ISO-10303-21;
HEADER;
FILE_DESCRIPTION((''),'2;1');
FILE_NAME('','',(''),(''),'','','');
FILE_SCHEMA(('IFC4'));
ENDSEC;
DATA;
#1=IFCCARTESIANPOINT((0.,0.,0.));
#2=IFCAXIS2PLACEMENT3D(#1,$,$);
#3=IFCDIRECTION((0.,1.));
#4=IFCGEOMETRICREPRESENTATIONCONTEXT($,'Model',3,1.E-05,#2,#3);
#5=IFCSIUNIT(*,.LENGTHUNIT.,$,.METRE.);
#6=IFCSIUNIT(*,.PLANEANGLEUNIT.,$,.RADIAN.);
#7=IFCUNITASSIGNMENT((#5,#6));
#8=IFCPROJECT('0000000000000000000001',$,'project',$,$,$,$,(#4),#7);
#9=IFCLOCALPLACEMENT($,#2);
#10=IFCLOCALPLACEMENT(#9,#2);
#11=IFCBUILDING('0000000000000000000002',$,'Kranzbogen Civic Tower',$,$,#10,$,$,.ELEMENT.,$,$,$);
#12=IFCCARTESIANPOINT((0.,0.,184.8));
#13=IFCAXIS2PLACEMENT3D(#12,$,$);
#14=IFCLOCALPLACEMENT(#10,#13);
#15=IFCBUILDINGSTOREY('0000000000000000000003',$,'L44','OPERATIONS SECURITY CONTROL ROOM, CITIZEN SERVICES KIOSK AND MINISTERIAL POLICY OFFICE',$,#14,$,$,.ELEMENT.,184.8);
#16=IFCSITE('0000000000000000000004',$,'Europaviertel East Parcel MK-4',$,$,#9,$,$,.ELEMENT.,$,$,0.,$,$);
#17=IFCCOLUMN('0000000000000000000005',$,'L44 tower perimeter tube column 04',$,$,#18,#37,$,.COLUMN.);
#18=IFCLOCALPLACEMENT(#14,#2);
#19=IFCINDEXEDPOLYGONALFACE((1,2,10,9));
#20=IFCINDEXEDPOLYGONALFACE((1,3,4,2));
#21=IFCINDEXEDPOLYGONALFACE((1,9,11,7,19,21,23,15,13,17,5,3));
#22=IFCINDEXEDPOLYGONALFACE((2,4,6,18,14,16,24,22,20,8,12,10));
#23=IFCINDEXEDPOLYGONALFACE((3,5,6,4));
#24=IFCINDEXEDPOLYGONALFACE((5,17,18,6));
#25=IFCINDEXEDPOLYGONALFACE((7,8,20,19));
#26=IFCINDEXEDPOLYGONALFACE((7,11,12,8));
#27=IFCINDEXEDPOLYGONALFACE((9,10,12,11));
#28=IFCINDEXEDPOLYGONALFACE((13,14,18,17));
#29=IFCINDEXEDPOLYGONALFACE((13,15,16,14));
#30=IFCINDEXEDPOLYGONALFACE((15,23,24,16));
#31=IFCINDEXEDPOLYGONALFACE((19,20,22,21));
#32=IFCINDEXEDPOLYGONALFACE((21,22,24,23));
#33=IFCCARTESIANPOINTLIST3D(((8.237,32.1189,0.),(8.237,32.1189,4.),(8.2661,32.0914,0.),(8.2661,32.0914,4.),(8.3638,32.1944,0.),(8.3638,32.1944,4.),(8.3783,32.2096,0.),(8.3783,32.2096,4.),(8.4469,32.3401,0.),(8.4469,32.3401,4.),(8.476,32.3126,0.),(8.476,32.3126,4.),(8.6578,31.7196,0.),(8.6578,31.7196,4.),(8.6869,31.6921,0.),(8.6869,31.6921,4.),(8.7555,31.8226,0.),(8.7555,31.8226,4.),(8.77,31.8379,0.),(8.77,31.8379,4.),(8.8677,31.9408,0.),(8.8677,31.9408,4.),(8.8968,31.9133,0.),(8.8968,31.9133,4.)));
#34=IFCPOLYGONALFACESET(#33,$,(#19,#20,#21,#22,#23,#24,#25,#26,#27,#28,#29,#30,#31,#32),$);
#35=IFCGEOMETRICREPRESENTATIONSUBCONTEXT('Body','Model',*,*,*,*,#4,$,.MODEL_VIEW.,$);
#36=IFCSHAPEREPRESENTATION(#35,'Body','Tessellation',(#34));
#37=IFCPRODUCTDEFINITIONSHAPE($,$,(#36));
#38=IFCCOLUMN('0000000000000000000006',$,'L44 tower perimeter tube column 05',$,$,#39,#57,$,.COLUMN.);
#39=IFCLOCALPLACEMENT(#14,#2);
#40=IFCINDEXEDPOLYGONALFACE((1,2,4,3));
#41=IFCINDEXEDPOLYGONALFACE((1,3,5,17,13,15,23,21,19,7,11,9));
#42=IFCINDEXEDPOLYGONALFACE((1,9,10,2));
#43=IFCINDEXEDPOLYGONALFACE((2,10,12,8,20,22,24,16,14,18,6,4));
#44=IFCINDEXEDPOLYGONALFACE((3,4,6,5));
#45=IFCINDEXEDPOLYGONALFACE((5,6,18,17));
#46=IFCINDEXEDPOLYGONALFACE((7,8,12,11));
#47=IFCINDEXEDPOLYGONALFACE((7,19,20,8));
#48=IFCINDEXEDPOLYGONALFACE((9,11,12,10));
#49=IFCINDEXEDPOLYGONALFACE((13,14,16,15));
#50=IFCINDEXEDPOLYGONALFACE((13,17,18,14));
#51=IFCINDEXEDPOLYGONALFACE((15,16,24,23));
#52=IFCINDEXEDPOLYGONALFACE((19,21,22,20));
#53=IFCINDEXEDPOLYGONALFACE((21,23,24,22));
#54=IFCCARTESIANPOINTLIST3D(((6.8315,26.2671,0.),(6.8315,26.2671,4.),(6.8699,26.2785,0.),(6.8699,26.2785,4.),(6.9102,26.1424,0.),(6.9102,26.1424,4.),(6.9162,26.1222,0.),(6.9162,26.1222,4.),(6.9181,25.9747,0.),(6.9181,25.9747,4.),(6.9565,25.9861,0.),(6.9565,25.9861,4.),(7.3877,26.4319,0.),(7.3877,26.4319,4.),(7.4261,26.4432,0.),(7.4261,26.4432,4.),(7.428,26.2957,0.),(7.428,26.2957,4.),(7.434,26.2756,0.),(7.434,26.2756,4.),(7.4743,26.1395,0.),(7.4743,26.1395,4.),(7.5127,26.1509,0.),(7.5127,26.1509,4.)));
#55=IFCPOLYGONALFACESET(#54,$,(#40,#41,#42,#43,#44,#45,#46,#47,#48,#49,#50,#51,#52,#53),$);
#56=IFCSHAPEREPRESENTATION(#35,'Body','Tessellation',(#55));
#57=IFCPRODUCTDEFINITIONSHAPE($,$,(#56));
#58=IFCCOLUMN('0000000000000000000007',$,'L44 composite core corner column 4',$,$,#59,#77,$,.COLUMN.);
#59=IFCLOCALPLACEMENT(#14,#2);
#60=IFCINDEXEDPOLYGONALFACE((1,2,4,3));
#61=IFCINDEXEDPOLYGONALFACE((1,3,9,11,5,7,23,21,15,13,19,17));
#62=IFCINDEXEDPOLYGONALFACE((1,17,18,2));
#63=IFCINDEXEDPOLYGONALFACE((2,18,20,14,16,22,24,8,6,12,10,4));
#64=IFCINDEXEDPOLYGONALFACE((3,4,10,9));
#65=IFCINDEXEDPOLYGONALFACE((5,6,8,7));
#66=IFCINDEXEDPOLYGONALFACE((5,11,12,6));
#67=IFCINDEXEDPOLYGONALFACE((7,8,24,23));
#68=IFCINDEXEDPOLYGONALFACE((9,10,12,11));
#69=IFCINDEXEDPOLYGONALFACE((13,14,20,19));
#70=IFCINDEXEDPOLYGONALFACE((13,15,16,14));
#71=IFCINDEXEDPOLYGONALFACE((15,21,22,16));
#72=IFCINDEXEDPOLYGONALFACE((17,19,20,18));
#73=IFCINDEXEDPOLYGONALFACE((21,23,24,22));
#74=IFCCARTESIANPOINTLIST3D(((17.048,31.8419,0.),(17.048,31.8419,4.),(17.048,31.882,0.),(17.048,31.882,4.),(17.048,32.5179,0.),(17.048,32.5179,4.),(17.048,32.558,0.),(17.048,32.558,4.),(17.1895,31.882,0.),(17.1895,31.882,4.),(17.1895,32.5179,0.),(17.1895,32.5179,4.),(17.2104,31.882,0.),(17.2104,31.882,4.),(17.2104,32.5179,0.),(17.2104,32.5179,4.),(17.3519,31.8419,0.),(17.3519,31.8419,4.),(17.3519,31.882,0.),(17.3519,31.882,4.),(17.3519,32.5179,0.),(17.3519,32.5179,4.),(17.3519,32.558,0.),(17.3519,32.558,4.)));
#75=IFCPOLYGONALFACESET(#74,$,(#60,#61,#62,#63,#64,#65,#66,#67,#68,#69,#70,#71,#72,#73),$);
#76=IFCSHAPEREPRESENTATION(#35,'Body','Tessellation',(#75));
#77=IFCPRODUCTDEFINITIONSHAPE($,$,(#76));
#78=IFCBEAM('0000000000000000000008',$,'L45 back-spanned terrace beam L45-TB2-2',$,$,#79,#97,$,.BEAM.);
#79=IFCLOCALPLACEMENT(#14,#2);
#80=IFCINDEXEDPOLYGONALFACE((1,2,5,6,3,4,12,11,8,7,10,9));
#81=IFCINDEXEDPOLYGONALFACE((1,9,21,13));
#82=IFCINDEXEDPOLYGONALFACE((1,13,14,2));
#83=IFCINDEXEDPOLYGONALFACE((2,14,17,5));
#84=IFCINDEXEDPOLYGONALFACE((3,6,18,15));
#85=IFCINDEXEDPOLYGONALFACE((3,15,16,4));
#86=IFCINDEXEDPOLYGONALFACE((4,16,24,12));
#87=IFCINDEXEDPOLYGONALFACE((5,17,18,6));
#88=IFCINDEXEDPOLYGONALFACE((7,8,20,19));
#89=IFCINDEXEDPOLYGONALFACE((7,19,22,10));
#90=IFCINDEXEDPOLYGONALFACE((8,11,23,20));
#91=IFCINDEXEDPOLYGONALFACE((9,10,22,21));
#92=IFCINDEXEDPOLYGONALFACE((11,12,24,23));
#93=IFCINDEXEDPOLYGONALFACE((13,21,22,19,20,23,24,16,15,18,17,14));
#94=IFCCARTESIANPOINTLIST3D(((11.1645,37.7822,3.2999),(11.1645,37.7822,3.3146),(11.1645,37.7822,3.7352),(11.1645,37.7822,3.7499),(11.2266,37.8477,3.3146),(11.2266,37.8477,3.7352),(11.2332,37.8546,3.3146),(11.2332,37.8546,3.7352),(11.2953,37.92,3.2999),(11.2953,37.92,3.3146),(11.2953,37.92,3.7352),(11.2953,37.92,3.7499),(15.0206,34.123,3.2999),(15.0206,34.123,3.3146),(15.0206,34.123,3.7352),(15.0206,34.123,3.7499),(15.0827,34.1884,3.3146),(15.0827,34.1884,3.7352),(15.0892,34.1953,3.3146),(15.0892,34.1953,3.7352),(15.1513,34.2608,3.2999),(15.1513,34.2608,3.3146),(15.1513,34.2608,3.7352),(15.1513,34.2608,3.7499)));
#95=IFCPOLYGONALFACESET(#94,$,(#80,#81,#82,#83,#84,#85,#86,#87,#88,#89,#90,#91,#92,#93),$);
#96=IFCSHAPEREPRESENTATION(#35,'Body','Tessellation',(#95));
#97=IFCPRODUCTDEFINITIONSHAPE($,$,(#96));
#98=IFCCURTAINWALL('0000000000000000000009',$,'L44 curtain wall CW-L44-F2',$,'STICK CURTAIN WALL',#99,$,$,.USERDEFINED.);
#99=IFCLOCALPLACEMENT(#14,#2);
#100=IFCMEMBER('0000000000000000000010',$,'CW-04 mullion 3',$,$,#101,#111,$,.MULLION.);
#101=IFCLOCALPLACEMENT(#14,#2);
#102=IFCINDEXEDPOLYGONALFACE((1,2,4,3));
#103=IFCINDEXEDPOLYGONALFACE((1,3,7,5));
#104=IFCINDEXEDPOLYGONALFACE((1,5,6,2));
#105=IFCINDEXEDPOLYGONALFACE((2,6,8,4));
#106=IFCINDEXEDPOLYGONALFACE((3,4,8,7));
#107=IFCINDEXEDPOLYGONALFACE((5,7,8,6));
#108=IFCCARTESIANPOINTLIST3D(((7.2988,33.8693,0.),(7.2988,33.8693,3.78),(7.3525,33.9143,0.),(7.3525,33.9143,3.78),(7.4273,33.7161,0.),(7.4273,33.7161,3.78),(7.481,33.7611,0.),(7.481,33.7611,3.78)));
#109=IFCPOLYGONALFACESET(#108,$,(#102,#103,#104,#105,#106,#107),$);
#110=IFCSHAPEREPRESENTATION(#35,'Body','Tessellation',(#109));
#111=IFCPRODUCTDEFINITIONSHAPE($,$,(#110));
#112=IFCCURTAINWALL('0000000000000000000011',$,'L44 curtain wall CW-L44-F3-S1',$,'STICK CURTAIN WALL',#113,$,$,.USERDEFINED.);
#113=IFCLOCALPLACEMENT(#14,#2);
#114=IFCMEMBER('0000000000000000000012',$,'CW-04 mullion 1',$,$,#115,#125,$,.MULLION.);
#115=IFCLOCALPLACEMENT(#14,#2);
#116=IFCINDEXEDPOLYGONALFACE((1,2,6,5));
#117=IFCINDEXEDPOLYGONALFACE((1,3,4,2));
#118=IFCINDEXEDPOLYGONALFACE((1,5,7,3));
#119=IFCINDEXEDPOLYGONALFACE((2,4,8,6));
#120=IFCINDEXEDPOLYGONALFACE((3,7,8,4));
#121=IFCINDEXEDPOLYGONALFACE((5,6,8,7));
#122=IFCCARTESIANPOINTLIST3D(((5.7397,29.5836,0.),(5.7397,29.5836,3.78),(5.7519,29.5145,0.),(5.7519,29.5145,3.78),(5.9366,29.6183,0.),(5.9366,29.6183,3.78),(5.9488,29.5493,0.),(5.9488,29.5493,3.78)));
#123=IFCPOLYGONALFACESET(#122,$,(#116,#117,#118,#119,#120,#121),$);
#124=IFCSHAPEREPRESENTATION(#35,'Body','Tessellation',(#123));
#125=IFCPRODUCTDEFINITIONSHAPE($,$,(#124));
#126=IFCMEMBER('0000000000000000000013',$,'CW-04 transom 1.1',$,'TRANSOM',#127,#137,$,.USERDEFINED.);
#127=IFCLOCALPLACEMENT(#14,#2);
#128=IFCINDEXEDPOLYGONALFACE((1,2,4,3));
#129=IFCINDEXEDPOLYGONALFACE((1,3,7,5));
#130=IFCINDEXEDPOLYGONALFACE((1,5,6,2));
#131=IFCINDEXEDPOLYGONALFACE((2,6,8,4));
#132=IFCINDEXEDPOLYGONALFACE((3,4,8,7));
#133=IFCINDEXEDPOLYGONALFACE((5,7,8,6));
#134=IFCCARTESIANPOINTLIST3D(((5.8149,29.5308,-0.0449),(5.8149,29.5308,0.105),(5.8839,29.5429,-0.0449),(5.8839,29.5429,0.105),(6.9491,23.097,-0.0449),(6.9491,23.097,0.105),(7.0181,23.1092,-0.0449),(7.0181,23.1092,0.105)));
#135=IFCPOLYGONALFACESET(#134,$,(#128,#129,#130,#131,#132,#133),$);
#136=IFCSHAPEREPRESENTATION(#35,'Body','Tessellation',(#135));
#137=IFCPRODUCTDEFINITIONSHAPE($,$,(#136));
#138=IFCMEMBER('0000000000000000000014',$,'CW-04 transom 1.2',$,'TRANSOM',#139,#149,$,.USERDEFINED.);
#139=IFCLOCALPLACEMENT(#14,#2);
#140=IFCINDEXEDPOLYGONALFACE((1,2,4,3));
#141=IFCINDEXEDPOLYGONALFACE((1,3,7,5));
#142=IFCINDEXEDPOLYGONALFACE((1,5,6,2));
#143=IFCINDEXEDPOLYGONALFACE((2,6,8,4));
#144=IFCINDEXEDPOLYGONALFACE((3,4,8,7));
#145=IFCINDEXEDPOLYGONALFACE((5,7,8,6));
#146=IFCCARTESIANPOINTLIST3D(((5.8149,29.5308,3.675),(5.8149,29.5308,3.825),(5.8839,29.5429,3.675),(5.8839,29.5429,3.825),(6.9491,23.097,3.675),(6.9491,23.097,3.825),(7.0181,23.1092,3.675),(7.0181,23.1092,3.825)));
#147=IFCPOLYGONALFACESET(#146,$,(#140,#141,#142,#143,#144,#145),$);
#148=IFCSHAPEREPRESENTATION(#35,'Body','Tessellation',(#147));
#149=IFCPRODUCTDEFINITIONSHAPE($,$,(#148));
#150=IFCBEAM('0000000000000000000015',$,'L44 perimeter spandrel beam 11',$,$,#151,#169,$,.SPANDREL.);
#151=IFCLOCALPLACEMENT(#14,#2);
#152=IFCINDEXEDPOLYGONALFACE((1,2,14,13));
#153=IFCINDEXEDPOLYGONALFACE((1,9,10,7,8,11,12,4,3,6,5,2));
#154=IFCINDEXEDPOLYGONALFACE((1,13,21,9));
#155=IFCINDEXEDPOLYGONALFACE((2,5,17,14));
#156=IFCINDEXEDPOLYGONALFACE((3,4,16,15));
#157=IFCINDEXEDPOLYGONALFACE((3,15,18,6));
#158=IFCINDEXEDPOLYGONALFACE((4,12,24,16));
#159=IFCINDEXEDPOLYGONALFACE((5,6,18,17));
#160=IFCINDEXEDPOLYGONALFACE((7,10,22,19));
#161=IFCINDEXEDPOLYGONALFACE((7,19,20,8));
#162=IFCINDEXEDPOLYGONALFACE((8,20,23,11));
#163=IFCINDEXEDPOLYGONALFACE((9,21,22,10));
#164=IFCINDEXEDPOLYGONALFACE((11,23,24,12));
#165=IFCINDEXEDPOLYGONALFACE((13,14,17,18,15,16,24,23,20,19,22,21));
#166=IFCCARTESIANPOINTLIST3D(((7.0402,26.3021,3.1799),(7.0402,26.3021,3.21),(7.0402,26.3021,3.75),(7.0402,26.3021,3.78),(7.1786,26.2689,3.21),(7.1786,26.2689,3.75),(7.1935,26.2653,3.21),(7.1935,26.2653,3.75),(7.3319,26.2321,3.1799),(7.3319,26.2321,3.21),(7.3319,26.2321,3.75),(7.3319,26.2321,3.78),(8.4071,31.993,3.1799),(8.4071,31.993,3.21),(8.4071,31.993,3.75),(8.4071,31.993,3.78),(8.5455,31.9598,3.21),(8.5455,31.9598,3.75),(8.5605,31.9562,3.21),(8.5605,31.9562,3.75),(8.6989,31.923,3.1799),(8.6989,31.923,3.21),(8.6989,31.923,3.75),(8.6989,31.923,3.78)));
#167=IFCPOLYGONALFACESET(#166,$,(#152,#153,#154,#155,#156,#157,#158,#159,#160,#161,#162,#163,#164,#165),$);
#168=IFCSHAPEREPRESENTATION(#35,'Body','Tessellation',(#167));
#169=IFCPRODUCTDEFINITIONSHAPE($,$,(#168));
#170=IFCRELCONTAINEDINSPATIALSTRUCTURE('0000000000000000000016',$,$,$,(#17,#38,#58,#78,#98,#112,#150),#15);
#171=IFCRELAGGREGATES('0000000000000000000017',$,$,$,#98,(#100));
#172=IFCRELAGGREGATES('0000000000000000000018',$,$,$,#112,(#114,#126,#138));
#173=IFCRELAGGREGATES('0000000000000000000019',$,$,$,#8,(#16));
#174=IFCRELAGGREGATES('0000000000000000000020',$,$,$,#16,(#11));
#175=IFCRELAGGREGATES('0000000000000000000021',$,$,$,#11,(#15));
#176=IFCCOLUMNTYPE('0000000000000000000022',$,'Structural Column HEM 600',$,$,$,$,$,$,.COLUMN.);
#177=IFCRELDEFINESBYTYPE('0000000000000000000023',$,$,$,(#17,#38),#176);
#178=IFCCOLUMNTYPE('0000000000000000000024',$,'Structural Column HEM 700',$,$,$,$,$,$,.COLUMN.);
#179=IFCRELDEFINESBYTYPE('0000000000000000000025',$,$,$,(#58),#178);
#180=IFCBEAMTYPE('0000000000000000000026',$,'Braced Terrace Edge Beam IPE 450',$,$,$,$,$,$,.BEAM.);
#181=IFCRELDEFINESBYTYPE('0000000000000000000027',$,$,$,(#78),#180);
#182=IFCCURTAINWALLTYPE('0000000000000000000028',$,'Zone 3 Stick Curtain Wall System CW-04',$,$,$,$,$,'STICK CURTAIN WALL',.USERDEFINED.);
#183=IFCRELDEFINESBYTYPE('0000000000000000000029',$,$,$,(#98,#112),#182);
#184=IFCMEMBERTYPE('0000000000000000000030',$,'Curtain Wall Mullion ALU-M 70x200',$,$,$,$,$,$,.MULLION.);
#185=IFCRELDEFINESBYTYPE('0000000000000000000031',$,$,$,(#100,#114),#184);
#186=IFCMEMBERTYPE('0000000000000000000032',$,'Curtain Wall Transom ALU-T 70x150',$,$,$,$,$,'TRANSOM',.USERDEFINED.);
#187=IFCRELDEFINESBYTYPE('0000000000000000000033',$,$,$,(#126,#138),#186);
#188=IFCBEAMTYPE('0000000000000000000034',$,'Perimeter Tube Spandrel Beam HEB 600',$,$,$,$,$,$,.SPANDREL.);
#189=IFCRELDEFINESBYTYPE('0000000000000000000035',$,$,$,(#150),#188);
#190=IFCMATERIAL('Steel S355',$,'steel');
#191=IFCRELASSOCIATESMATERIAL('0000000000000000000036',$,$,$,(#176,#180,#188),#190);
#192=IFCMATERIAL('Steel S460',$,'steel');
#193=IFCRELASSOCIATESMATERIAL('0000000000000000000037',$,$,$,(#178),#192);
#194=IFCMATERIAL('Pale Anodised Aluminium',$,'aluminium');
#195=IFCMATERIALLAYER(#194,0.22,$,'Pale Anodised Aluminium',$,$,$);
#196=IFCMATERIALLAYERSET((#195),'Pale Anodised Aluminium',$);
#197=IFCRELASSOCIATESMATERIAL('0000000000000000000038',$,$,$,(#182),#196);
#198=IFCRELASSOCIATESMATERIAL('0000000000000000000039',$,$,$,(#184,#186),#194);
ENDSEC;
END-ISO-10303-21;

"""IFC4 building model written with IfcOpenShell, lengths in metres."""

from ifc_helpers import new_model, si_unit, direction, frame, origin, origin_2d, place, context, subcontext, project, spatial, rectangle, i_section, extrude, material, layer, layer_set, material_profile, profile_set, type_object, element, aggregate, save


model = new_model("IFC4")

# Units and contexts
model_context = context("Model", 3, precision=1e-05, world=origin(), true_north=direction((0.0, 1.0)))
body_context = subcontext(model_context, "Body", "Model", "MODEL_VIEW")
ifc_project = project(units=[si_unit("LENGTHUNIT", "METRE"), si_unit("PLANEANGLEUNIT", "RADIAN")], contexts=[model_context])

# Site, building, storey
site_placement = place(None, origin())
site = spatial("IfcSite", under=ifc_project, at=site_placement, Name="Europaviertel East Parcel MK-4", CompositionType="ELEMENT", RefElevation=0.0)
building_placement = place(site_placement, origin())
building = spatial("IfcBuilding", under=site, at=building_placement, Name="Kranzbogen Civic Tower", CompositionType="ELEMENT")
storey_placement = place(building_placement, frame((0.0, 0.0, 184.8)))
storey = spatial("IfcBuildingStorey", under=building, at=storey_placement, Name="L44", Description="OPERATIONS SECURITY CONTROL ROOM, CITIZEN SERVICES KIOSK AND MINISTERIAL POLICY OFFICE", CompositionType="ELEMENT", Elevation=184.8)

# Columns
ifc_material_1 = material(Name="Steel S355", Category="steel")
ifc_material_profile_1 = material_profile(ifc_material_1, i_section(OverallWidth=0.3049, OverallDepth=0.6201, WebThickness=0.021, FlangeThickness=0.04, at=origin_2d()), Name="HEM 600")
ifc_profile_set_1 = profile_set([ifc_material_profile_1], Name="Steel S355")
column_type_1 = type_object("IfcColumnType", Name="Structural Column HEM 600", PredefinedType="COLUMN", material=ifc_profile_set_1)
for number, where, z_axis, x_axis, name in (
    (1, (8.5669, 32.0161, 0.0), (0.0, 0.0, 1.0), (0.688355, 0.725374, 0.0), "L44 tower perimeter tube column 04"),
    (2, (7.1721, 26.209, 0.0), (0.0, 0.0, 1.0), (-0.284015, 0.95882, 0.0), "L44 tower perimeter tube column 05"),
):
    element("IfcColumn", number, at=place(storey_placement, frame(where, z_axis=z_axis, x_axis=x_axis)), inside=storey, type_object=column_type_1, Name=name, PredefinedType="COLUMN", context=body_context, shape_type="SweptSolid", body=[
        extrude(i_section(OverallWidth=0.3049, OverallDepth=0.6201, WebThickness=0.021, FlangeThickness=0.04, at=origin_2d()), origin(), (0.0, 0.0, 1.0), 4.0),
    ])
ifc_material_2 = material(Name="Steel S460", Category="steel")
ifc_material_profile_2 = material_profile(ifc_material_2, i_section(OverallWidth=0.304, OverallDepth=0.7161, WebThickness=0.021, FlangeThickness=0.04, at=origin_2d()), Name="HEM 700")
ifc_profile_set_2 = profile_set([ifc_material_profile_2], Name="Steel S460")
column_type_2 = type_object("IfcColumnType", Name="Structural Column HEM 700", PredefinedType="COLUMN", material=ifc_profile_set_2)
column_placement = place(storey_placement, frame((17.2, 32.2, 0.0), z_axis=(0.0, 0.0, 1.0), x_axis=(1.0, 0.0, 0.0)))
element("IfcColumn", 3, at=column_placement, inside=storey, type_object=column_type_2, Name="L44 composite core corner column 4", PredefinedType="COLUMN", context=body_context, shape_type="SweptSolid", body=[
    extrude(i_section(OverallWidth=0.304, OverallDepth=0.7161, WebThickness=0.021, FlangeThickness=0.04, at=origin_2d()), origin(), (0.0, 0.0, 1.0), 4.0),
])

# Beam
ifc_material_profile_3 = material_profile(ifc_material_1, i_section(OverallWidth=0.1899, OverallDepth=0.45, WebThickness=0.0095, FlangeThickness=0.0146, at=origin_2d()), Name="IPE 450")
ifc_profile_set_3 = profile_set([ifc_material_profile_3], Name="Steel S355")
beam_type_1 = type_object("IfcBeamType", Name="Braced Terrace Edge Beam IPE 450", PredefinedType="BEAM", material=ifc_profile_set_3)
beam_1_placement = place(storey_placement, frame((15.0859, 34.1919, 3.5249), z_axis=(-0.725373, 0.688356, 0.0), x_axis=(-0.688356, -0.725373, 0.0)))
element("IfcBeam", 4, at=beam_1_placement, inside=storey, type_object=beam_type_1, Name="L45 back-spanned terrace beam L45-TB2-2", PredefinedType="BEAM", context=body_context, shape_type="SweptSolid", body=[
    extrude(i_section(OverallWidth=0.1899, OverallDepth=0.45, WebThickness=0.0095, FlangeThickness=0.0146, at=origin_2d()), origin(), (0.0, 0.0, 1.0), 5.3159),
])

# Curtain wall, member
ifc_material_3 = material(Name="Pale Anodised Aluminium", Category="aluminium")
ifc_layer_1 = layer(ifc_material_3, 0.22, Name="Pale Anodised Aluminium")
ifc_layer_set_1 = layer_set([ifc_layer_1], Name="Pale Anodised Aluminium")
curtain_wall_type = type_object("IfcCurtainWallType", Name="Zone 3 Stick Curtain Wall System CW-04", ElementType="STICK CURTAIN WALL", PredefinedType="USERDEFINED", material=ifc_layer_set_1)
curtain_wall_1_placement = place(storey_placement, origin())
curtain_wall_1 = element("IfcCurtainWall", 5, at=curtain_wall_1_placement, inside=storey, type_object=curtain_wall_type, Name="L44 curtain wall CW-L44-F2", ObjectType="STICK CURTAIN WALL", PredefinedType="USERDEFINED")
ifc_material_profile_4 = material_profile(ifc_material_3, rectangle(XDim=0.0701, YDim=0.2, at=origin_2d()), Name="ALU-M 70x200")
ifc_profile_set_4 = profile_set([ifc_material_profile_4], Name="Pale Anodised Aluminium")
member_type_1 = type_object("IfcMemberType", Name="Curtain Wall Mullion ALU-M 70x200", PredefinedType="MULLION", material=ifc_profile_set_4)
member_1_placement = place(storey_placement, frame((7.3899, 33.8152, 0.0), z_axis=(0.0, 0.0, 1.0), x_axis=(-0.766072, -0.642755, 0.0)))
member_1 = element("IfcMember", 6, at=member_1_placement, type_object=member_type_1, Name="CW-04 mullion 3", PredefinedType="MULLION", context=body_context, shape_type="SweptSolid", body=[
    extrude(rectangle(XDim=0.0701, YDim=0.2, at=origin_2d()), origin(), (0.0, 0.0, 1.0), 3.78),
])
aggregate(curtain_wall_1, [member_1])

# Curtain wall, members
curtain_wall_2_placement = place(storey_placement, origin())
curtain_wall_2 = element("IfcCurtainWall", 7, at=curtain_wall_2_placement, inside=storey, type_object=curtain_wall_type, Name="L44 curtain wall CW-L44-F3-S1", ObjectType="STICK CURTAIN WALL", PredefinedType="USERDEFINED")
member_2_placement = place(storey_placement, frame((5.8442, 29.5664, 0.0), z_axis=(0.0, 0.0, 1.0), x_axis=(0.173605, -0.984815, 0.0)))
member_2 = element("IfcMember", 8, at=member_2_placement, type_object=member_type_1, Name="CW-04 mullion 1", PredefinedType="MULLION", context=body_context, shape_type="SweptSolid", body=[
    extrude(rectangle(XDim=0.0701, YDim=0.2, at=origin_2d()), origin(), (0.0, 0.0, 1.0), 3.78),
])
ifc_material_profile_5 = material_profile(ifc_material_3, rectangle(XDim=0.0701, YDim=0.1499, at=origin_2d()), Name="ALU-T 70x150")
ifc_profile_set_5 = profile_set([ifc_material_profile_5], Name="Pale Anodised Aluminium")
member_type_2 = type_object("IfcMemberType", Name="Curtain Wall Transom ALU-T 70x150", ElementType="TRANSOM", PredefinedType="USERDEFINED", material=ifc_profile_set_5)
member_3_placement = place(storey_placement, frame((5.8494, 29.5369, 0.03), z_axis=(0.173621, -0.984813, 0.0), x_axis=(0.984813, 0.173621, 0.0)))
member_3 = element("IfcMember", 9, at=member_3_placement, type_object=member_type_2, Name="CW-04 transom 1.1", ObjectType="TRANSOM", PredefinedType="USERDEFINED", context=body_context, shape_type="SweptSolid", body=[
    extrude(rectangle(XDim=0.0701, YDim=0.1499, at=origin_2d()), origin(), (0.0, 0.0, 1.0), 6.533),
])
member_4_placement = place(storey_placement, frame((5.8494, 29.5369, 3.75), z_axis=(0.173621, -0.984813, 0.0), x_axis=(0.984813, 0.173621, 0.0)))
member_4 = element("IfcMember", 10, at=member_4_placement, type_object=member_type_2, Name="CW-04 transom 1.2", ObjectType="TRANSOM", PredefinedType="USERDEFINED", context=body_context, shape_type="SweptSolid", body=[
    extrude(rectangle(XDim=0.0701, YDim=0.1499, at=origin_2d()), origin(), (0.0, 0.0, 1.0), 6.533),
])

# Beam
ifc_material_profile_6 = material_profile(ifc_material_1, i_section(OverallWidth=0.3, OverallDepth=0.6001, WebThickness=0.0154, FlangeThickness=0.03, at=origin_2d()), Name="HEB 600")
ifc_profile_set_6 = profile_set([ifc_material_profile_6], Name="Steel S355")
beam_type_2 = type_object("IfcBeamType", Name="Perimeter Tube Spandrel Beam HEB 600", PredefinedType="SPANDREL", material=ifc_profile_set_6)
beam_2_placement = place(storey_placement, frame((8.553, 31.958, 3.48), z_axis=(-0.233554, -0.972344, 0.0), x_axis=(0.972344, -0.233554, 0.0)))
element("IfcBeam", 11, at=beam_2_placement, inside=storey, type_object=beam_type_2, Name="L44 perimeter spandrel beam 11", PredefinedType="SPANDREL", context=body_context, shape_type="SweptSolid", body=[
    extrude(i_section(OverallWidth=0.3, OverallDepth=0.6001, WebThickness=0.0154, FlangeThickness=0.03, at=origin_2d()), origin(), (0.0, 0.0, 1.0), 5.8528),
])

aggregate(curtain_wall_2, [member_2, member_3, member_4])

save(model, "model.ifc")
